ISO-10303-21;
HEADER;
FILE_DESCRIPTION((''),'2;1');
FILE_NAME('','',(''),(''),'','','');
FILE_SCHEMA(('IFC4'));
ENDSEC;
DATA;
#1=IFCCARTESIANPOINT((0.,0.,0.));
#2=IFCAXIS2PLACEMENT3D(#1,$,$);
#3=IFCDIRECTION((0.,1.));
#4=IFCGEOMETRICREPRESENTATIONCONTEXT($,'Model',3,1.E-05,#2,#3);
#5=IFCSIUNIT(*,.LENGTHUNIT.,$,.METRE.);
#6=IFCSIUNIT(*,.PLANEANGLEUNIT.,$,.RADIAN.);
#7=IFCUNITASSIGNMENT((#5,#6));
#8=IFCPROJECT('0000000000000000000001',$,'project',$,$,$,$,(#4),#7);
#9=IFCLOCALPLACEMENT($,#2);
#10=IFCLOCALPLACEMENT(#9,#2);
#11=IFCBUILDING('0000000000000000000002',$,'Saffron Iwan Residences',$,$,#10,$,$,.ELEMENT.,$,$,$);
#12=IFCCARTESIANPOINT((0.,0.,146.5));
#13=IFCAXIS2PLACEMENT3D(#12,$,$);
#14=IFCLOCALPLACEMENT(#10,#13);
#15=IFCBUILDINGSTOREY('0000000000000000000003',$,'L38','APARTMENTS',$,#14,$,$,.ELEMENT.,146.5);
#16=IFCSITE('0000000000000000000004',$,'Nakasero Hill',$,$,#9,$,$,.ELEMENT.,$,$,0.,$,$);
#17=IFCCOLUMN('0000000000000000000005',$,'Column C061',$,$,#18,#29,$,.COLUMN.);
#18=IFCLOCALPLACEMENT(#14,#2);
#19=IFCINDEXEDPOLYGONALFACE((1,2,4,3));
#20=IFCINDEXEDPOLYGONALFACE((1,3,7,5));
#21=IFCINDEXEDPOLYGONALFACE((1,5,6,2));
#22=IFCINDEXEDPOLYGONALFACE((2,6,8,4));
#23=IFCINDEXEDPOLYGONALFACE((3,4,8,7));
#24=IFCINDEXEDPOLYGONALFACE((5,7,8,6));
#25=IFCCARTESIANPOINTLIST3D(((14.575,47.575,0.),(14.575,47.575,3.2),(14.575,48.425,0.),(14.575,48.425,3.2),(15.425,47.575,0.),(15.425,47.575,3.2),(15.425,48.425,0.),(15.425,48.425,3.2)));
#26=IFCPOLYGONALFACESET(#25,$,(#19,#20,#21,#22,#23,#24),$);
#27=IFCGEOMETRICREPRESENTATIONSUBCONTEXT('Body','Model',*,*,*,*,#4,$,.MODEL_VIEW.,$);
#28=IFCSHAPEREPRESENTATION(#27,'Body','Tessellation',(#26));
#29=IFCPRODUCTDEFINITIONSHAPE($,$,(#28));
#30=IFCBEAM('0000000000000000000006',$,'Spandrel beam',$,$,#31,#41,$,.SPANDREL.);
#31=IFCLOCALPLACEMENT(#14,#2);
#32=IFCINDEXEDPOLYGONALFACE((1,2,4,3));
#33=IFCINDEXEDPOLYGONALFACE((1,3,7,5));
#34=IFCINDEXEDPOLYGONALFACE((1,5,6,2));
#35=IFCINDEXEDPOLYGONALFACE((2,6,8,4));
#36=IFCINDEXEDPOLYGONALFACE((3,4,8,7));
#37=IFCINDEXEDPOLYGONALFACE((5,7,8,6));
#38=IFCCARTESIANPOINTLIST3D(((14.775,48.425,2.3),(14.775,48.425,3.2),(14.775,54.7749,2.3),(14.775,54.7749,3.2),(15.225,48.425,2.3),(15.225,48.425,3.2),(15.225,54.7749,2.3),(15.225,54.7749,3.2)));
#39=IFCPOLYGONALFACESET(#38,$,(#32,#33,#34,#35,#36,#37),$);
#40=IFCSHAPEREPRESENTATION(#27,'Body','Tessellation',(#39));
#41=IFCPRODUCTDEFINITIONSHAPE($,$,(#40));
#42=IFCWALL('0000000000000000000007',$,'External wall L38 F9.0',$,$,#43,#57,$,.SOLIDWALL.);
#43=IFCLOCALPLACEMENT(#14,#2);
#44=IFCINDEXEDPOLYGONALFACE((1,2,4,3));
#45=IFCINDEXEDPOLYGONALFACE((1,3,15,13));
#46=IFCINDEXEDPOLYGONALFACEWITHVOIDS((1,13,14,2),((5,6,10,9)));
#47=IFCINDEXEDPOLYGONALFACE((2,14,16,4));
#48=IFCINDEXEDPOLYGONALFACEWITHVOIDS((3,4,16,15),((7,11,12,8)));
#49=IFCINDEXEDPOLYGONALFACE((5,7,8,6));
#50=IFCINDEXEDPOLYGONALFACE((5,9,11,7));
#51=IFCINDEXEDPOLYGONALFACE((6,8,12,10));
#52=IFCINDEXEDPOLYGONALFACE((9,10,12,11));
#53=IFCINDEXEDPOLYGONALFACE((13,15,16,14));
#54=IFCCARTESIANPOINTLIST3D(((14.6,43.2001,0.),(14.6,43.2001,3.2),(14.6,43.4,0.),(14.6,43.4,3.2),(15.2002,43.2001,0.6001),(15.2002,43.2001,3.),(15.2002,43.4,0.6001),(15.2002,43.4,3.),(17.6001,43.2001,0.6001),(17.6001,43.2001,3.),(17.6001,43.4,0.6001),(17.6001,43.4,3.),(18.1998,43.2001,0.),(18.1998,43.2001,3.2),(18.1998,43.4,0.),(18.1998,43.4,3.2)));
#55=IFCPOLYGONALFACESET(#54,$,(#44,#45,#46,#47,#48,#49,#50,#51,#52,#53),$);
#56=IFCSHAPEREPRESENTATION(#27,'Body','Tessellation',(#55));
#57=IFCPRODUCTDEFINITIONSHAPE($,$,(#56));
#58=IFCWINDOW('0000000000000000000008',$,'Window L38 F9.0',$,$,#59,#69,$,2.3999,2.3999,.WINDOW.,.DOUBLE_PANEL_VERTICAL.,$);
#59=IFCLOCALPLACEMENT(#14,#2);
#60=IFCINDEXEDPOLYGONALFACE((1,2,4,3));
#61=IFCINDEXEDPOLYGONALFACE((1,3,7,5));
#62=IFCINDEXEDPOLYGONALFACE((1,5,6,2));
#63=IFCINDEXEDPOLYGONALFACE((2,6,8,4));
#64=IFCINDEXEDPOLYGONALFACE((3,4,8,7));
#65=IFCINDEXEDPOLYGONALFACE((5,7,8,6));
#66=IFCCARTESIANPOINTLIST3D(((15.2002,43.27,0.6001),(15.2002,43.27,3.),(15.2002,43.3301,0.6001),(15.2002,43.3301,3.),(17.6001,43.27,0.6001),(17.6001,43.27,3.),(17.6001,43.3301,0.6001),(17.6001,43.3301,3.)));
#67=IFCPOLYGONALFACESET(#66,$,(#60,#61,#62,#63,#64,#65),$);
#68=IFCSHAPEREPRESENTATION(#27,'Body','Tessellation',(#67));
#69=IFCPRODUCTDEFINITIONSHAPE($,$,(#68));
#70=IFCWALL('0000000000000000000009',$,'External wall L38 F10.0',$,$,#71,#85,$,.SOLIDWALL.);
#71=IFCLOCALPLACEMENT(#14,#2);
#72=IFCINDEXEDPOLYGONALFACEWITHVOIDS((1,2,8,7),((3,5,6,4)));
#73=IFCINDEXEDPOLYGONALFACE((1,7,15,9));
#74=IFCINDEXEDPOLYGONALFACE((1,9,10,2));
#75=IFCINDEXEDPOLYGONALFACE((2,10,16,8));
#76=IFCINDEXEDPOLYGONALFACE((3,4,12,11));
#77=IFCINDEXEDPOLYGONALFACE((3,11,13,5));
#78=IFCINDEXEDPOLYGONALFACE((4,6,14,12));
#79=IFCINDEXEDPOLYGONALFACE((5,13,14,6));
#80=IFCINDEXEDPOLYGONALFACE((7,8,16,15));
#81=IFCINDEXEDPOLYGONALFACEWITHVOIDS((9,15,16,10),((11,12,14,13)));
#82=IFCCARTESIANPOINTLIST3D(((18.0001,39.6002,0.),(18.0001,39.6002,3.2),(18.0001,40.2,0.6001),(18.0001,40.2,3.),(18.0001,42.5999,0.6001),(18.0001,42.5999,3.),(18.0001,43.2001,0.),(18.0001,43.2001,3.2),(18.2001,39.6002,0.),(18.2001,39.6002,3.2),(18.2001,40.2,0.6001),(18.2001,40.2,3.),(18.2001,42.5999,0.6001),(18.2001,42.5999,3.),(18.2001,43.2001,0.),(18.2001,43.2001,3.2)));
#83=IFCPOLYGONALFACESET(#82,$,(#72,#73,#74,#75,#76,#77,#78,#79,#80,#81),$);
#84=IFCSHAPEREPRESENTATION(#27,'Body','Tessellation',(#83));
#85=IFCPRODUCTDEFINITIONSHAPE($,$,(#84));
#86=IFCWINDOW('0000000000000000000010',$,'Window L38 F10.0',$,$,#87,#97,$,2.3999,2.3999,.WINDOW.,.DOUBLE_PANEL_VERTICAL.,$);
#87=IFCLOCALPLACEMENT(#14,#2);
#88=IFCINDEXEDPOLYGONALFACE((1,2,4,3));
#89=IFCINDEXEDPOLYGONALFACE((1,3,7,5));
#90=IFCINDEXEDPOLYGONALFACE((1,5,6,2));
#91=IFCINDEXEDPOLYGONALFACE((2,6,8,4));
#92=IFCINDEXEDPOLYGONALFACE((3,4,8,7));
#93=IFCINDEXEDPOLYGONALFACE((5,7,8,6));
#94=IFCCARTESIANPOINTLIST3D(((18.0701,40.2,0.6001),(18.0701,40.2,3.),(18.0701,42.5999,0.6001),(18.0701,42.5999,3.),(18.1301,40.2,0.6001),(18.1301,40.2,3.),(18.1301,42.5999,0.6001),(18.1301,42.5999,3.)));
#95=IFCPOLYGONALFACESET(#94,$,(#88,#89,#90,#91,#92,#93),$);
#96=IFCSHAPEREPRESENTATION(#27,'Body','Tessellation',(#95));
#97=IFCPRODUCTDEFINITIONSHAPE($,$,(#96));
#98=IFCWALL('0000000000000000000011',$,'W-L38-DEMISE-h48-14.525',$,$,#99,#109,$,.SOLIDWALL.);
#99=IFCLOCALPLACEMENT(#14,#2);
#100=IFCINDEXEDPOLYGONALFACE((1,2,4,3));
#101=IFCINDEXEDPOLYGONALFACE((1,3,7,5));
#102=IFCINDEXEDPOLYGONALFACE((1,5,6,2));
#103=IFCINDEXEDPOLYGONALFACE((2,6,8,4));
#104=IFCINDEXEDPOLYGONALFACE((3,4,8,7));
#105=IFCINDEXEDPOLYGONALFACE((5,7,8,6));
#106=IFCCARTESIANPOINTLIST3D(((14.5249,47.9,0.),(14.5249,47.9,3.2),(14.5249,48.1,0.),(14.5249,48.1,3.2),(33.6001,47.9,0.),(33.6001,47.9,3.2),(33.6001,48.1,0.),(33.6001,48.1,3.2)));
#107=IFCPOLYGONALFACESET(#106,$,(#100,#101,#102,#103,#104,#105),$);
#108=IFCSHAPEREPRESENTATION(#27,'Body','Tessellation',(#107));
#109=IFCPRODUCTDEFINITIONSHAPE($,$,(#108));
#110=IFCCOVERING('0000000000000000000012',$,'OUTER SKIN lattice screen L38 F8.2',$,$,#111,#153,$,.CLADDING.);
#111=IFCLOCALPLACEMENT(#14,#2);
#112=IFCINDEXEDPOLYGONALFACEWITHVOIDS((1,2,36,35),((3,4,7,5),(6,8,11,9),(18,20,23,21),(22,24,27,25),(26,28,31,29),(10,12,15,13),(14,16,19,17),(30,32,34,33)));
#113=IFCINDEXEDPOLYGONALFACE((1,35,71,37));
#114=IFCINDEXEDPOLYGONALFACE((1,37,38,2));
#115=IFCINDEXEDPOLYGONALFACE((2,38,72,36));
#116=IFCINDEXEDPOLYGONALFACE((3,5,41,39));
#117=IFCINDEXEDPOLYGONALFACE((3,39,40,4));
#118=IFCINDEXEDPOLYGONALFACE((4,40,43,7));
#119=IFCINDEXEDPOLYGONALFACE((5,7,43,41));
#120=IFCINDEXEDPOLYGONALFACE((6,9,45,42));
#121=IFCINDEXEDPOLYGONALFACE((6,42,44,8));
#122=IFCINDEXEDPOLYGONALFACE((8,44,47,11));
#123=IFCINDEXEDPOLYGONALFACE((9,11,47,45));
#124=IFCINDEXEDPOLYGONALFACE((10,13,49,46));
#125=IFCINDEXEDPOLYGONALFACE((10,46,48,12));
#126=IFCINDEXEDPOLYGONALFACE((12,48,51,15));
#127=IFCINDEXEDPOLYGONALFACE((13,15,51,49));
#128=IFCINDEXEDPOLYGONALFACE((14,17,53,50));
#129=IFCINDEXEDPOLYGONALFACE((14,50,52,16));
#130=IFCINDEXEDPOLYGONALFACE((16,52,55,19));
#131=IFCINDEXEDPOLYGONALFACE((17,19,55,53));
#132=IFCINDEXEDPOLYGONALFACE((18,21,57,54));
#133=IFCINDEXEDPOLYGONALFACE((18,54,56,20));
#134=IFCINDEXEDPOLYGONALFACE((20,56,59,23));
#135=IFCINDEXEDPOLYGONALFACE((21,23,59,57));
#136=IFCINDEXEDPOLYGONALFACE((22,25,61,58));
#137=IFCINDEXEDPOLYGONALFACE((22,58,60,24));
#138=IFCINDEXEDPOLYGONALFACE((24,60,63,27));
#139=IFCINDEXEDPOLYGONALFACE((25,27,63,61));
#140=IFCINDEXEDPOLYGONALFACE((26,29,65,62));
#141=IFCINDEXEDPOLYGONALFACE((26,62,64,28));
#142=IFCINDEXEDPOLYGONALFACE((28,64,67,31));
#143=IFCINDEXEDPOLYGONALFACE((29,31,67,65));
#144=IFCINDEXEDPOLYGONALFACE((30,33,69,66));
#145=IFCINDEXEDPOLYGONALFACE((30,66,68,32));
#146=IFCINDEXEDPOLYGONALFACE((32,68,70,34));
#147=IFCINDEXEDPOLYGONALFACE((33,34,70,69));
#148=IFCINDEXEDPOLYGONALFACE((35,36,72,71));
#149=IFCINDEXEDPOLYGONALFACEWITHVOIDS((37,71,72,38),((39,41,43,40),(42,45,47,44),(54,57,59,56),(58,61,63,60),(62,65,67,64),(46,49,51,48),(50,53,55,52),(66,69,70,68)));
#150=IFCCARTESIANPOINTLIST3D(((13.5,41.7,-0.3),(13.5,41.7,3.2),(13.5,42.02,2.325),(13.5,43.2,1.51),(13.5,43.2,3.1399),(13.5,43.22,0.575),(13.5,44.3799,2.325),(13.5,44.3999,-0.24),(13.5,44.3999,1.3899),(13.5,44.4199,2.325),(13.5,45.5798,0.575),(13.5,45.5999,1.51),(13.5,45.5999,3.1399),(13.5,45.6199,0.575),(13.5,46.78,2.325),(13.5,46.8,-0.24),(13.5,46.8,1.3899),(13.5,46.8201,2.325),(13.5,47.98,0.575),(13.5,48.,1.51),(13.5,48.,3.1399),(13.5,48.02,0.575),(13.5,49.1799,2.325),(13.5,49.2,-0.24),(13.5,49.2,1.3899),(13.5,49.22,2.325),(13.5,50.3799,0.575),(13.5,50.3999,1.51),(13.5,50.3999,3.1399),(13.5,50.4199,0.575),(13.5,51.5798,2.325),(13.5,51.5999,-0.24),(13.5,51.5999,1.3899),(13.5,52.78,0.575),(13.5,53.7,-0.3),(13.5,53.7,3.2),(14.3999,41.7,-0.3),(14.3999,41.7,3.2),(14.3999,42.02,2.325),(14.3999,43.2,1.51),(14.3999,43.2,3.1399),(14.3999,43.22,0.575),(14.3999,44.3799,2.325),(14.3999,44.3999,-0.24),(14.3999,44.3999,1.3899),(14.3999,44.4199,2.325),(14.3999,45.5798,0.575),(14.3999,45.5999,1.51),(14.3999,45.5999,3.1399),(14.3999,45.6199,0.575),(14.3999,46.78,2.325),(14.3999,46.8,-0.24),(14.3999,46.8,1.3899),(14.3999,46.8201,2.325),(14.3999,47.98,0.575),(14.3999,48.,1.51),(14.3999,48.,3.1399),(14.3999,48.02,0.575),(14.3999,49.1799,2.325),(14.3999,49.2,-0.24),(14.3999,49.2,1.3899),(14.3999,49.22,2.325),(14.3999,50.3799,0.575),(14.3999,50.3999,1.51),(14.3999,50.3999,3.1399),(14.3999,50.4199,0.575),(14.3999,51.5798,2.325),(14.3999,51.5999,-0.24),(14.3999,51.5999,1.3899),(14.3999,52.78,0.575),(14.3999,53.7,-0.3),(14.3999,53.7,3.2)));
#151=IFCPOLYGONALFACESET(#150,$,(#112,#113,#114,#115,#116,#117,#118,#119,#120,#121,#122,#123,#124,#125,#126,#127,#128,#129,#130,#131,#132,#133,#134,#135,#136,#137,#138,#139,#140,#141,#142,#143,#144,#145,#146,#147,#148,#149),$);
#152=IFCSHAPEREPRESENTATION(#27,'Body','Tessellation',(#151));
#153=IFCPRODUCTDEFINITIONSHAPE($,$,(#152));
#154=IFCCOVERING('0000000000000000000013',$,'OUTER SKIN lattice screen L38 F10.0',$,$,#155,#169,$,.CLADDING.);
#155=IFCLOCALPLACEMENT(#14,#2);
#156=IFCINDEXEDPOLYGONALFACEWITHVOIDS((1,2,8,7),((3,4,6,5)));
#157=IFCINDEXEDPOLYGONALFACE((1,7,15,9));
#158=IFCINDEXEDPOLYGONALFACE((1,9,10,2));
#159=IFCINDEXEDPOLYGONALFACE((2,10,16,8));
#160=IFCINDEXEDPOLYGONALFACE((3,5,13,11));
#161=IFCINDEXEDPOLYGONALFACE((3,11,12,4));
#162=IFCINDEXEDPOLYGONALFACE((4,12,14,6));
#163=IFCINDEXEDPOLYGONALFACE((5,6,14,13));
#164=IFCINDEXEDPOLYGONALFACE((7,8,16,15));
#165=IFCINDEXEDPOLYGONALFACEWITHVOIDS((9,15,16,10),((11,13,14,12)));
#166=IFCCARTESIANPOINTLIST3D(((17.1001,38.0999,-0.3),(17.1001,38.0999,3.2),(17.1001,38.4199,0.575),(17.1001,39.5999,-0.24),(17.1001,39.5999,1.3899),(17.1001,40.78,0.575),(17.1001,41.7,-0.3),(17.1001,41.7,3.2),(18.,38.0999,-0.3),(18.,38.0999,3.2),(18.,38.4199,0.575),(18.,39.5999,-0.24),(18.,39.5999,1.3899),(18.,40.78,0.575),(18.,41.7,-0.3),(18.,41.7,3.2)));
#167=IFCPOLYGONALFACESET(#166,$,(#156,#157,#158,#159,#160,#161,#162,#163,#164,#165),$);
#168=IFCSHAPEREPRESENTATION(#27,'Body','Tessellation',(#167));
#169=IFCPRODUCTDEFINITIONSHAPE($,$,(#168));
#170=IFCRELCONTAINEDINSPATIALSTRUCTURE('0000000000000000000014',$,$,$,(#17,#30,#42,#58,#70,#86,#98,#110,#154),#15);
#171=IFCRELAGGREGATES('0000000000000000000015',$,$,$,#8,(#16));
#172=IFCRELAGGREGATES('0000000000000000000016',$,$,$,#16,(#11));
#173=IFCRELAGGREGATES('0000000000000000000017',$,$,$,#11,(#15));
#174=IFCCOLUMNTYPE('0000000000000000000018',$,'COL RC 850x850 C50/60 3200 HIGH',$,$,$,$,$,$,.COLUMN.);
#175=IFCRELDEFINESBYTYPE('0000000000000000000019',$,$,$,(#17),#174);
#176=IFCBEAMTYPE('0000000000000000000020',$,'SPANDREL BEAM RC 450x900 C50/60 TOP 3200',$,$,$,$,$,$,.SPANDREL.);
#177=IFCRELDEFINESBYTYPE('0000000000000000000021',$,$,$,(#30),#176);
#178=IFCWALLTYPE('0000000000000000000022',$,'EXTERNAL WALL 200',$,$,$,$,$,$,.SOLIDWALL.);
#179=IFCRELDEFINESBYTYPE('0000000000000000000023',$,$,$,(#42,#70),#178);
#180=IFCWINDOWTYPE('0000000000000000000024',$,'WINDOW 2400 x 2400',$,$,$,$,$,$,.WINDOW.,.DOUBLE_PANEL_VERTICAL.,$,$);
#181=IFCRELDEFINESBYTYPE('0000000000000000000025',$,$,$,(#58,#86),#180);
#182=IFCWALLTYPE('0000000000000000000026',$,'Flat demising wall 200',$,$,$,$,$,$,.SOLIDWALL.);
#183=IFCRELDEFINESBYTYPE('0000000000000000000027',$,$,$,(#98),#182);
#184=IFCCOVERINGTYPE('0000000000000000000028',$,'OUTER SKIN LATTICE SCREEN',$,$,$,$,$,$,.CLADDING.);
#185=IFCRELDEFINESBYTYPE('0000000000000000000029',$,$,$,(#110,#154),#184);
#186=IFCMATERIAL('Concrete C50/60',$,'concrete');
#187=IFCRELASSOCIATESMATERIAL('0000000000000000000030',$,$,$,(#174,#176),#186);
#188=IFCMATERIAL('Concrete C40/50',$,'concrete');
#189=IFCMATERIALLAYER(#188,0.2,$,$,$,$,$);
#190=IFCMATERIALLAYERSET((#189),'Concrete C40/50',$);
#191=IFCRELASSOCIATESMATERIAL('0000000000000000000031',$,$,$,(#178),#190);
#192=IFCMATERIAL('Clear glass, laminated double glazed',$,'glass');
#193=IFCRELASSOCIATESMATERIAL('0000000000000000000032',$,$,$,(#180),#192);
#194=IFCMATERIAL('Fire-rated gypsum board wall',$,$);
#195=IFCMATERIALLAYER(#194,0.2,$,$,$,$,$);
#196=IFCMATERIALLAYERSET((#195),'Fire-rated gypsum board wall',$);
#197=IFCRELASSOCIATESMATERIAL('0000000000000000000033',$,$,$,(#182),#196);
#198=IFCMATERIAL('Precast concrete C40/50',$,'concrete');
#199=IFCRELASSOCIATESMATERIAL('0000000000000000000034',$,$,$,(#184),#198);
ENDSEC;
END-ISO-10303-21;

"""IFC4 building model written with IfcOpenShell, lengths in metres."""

from ifc_helpers import new_model, si_unit, direction, frame, frame_2d, origin, origin_2d, place, context, subcontext, project, spatial, polyline, rectangle, outline, extrude, source, transform, mapped, material, layer, layer_set, material_profile, profile_set, type_object, element, fill, save


model = new_model("IFC4")

# Units and contexts
model_context = context("Model", 3, precision=1e-05, world=origin(), true_north=direction((0.0, 1.0)))
body_context = subcontext(model_context, "Body", "Model", "MODEL_VIEW")
ifc_project = project(units=[si_unit("LENGTHUNIT", "METRE"), si_unit("PLANEANGLEUNIT", "RADIAN")], contexts=[model_context])

# Site, building, storey
site_placement = place(None, origin())
site = spatial("IfcSite", under=ifc_project, at=site_placement, Name="Nakasero Hill", CompositionType="ELEMENT", RefElevation=0.0)
building_placement = place(site_placement, origin())
building = spatial("IfcBuilding", under=site, at=building_placement, Name="Saffron Iwan Residences", CompositionType="ELEMENT")
storey_placement = place(building_placement, frame((0.0, 0.0, 146.5)))
storey = spatial("IfcBuildingStorey", under=building, at=storey_placement, Name="L38", Description="APARTMENTS", CompositionType="ELEMENT", Elevation=146.5)

# Column
ifc_material_1 = material(Name="Concrete C50/60", Category="concrete")
ifc_material_profile_1 = material_profile(ifc_material_1, rectangle(XDim=0.8501, YDim=0.8501, at=origin_2d()), Name="RC 850x850")
ifc_profile_set_1 = profile_set([ifc_material_profile_1], Name="Concrete C50/60")
column_type = type_object("IfcColumnType", Name="COL RC 850x850 C50/60 3200 HIGH", PredefinedType="COLUMN", material=ifc_profile_set_1)
shared_shape_1 = source(origin(), body_context, "Body", "SweptSolid", [
    extrude(rectangle(XDim=0.8501, YDim=0.8501, at=origin_2d()), origin(), (0.0, 0.0, 1.0), 3.2),
])
column_placement = place(storey_placement, frame((15.0, 48.0, 0.0), z_axis=(0.0, 0.0, 1.0), x_axis=(1.0, 0.0, 0.0)))
element("IfcColumn", 1, at=column_placement, inside=storey, type_object=column_type, Name="Column C061", PredefinedType="COLUMN", context=body_context, shape_type="MappedRepresentation", body=[
    mapped(shared_shape_1, transform((0.0, 0.0, 0.0))),
])

# Beam
ifc_material_profile_2 = material_profile(ifc_material_1, rectangle(XDim=0.45, YDim=0.8999, at=origin_2d()), Name="RC 450x900")
ifc_profile_set_2 = profile_set([ifc_material_profile_2], Name="Concrete C50/60")
beam_type = type_object("IfcBeamType", Name="SPANDREL BEAM RC 450x900 C50/60 TOP 3200", PredefinedType="SPANDREL", material=ifc_profile_set_2)
shared_shape_2 = source(origin(), body_context, "Body", "SweptSolid", [
    extrude(rectangle(XDim=0.45, YDim=0.8999, at=origin_2d()), origin(), (0.0, 0.0, 1.0), 6.3499),
])
beam_placement = place(storey_placement, frame((15.0, 48.425, 2.75), z_axis=(0.0, 1.0, 0.0), x_axis=(-1.0, 0.0, 0.0)))
element("IfcBeam", 2, at=beam_placement, inside=storey, type_object=beam_type, Name="Spandrel beam", PredefinedType="SPANDREL", context=body_context, shape_type="MappedRepresentation", body=[
    mapped(shared_shape_2, transform((0.0, 0.0, 0.0))),
])

# Walls, openings, windows
ifc_material_2 = material(Name="Concrete C40/50", Category="concrete")
ifc_layer_1 = layer(ifc_material_2, 0.2)
ifc_layer_set_1 = layer_set([ifc_layer_1], Name="Concrete C40/50")
wall_type_1 = type_object("IfcWallType", Name="EXTERNAL WALL 200", PredefinedType="SOLIDWALL", material=ifc_layer_set_1)
wall_1_placement = place(storey_placement, frame((14.6001, 43.3, 0.0), z_axis=(0.0, 0.0, 1.0), x_axis=(1.0, 0.0, 0.0)))
wall_1 = element("IfcWall", 3, at=wall_1_placement, inside=storey, type_object=wall_type_1, Name="External wall L38 F9.0", PredefinedType="SOLIDWALL", context=body_context, shape_type="SweptSolid", body=[
    extrude(rectangle(XDim=3.5999, YDim=0.2, at=frame_2d((1.7998, 0.0))), origin(), (0.0, 0.0, 1.0), 3.2),
])
opening_1_placement = place(wall_1_placement, frame((0.6001, 0.0, 0.6001)))
opening_1 = element("IfcOpeningElement", 4, at=opening_1_placement, cuts=wall_1, PredefinedType="OPENING", context=body_context, shape_type="SweptSolid", body=[
    extrude(rectangle(XDim=2.3999, YDim=2.3999, at=frame_2d((1.2, 1.2))), frame((0.0, 0.1099, 0.0), z_axis=(0.0, -1.0, 0.0), x_axis=(1.0, 0.0, 0.0)), (0.0, 0.0, 1.0), 0.22),
])
ifc_material_3 = material(Name="Clear glass, laminated double glazed", Category="glass")
window_type = type_object("IfcWindowType", Name="WINDOW 2400 x 2400", PartitioningType="DOUBLE_PANEL_VERTICAL", PredefinedType="WINDOW", material=ifc_material_3)
window_1_placement = place(opening_1_placement, origin())
window_1 = element("IfcWindow", 5, at=window_1_placement, inside=storey, type_object=window_type, Name="Window L38 F9.0", OverallHeight=2.3999, OverallWidth=2.3999, PartitioningType="DOUBLE_PANEL_VERTICAL", PredefinedType="WINDOW", context=body_context, shape_type="SweptSolid", body=[
    extrude(rectangle(XDim=2.3999, YDim=2.3999, at=frame_2d((1.2, 1.2))), frame((0.0, 0.03, 0.0), z_axis=(0.0, -1.0, 0.0), x_axis=(1.0, 0.0, 0.0)), (0.0, 0.0, 1.0), 0.0601),
])
fill(opening_1, window_1)
wall_2_placement = place(storey_placement, frame((18.1001, 43.2, 0.0), z_axis=(0.0, 0.0, 1.0), x_axis=(0.0, -1.0, 0.0)))
wall_2 = element("IfcWall", 6, at=wall_2_placement, inside=storey, type_object=wall_type_1, Name="External wall L38 F10.0", PredefinedType="SOLIDWALL", context=body_context, shape_type="SweptSolid", body=[
    extrude(rectangle(XDim=3.5999, YDim=0.2, at=frame_2d((1.7998, 0.0))), origin(), (0.0, 0.0, 1.0), 3.2),
])
opening_2_placement = place(wall_2_placement, frame((0.6001, 0.0, 0.6001)))
opening_2 = element("IfcOpeningElement", 7, at=opening_2_placement, cuts=wall_2, PredefinedType="OPENING", context=body_context, shape_type="SweptSolid", body=[
    extrude(rectangle(XDim=2.3999, YDim=2.3999, at=frame_2d((1.2, 1.2))), frame((0.0, 0.1099, 0.0), z_axis=(0.0, -1.0, 0.0), x_axis=(1.0, 0.0, 0.0)), (0.0, 0.0, 1.0), 0.22),
])
window_2_placement = place(opening_2_placement, origin())
window_2 = element("IfcWindow", 8, at=window_2_placement, inside=storey, type_object=window_type, Name="Window L38 F10.0", OverallHeight=2.3999, OverallWidth=2.3999, PartitioningType="DOUBLE_PANEL_VERTICAL", PredefinedType="WINDOW", context=body_context, shape_type="SweptSolid", body=[
    extrude(rectangle(XDim=2.3999, YDim=2.3999, at=frame_2d((1.2, 1.2))), frame((0.0, 0.03, 0.0), z_axis=(0.0, -1.0, 0.0), x_axis=(1.0, 0.0, 0.0)), (0.0, 0.0, 1.0), 0.0601),
])
fill(opening_2, window_2)

# Wall
ifc_material_4 = material(Name="Fire-rated gypsum board wall")
ifc_layer_2 = layer(ifc_material_4, 0.2)
ifc_layer_set_2 = layer_set([ifc_layer_2], Name="Fire-rated gypsum board wall")
wall_type_2 = type_object("IfcWallType", Name="Flat demising wall 200", PredefinedType="SOLIDWALL", material=ifc_layer_set_2)
wall_3_placement = place(storey_placement, frame((14.5249, 48.0, 0.0), z_axis=(0.0, 0.0, 1.0), x_axis=(1.0, 0.0, 0.0)))
element("IfcWall", 9, at=wall_3_placement, inside=storey, type_object=wall_type_2, Name="W-L38-DEMISE-h48-14.525", PredefinedType="SOLIDWALL", context=body_context, shape_type="SweptSolid", body=[
    extrude(rectangle(XDim=19.0752, YDim=0.2, at=frame_2d((9.5376, 0.0))), origin(), (0.0, 0.0, 1.0), 3.2),
])

# Coverings
ifc_material_5 = material(Name="Precast concrete C40/50", Category="concrete")
covering_type_1 = type_object("IfcCoveringType", Name="OUTER SKIN LATTICE SCREEN", PredefinedType="CLADDING", material=ifc_material_5)
covering_1_placement = place(storey_placement, frame((14.3999, 53.7, -0.3), z_axis=(-1.0, 0.0, 0.0), x_axis=(0.0, -1.0, 0.0)))
element("IfcCovering", 10, at=covering_1_placement, inside=storey, type_object=covering_type_1, Name="OUTER SKIN lattice screen L38 F8.2", PredefinedType="CLADDING", context=body_context, shape_type="SweptSolid", body=[
    extrude(outline(polyline([(0.0, 0.0), (12.0, 0.0), (12.0, 3.5), (0.0, 3.5), (0.0, 0.0)]), holes=[polyline([(0.9199, 0.875), (2.1001, 0.0601), (3.28, 0.875), (2.1001, 1.6899), (0.9199, 0.875)]), polyline([(3.3201, 0.875), (4.5, 0.0601), (5.6799, 0.875), (4.5, 1.6899), (3.3201, 0.875)]), polyline([(5.72, 0.875), (6.8999, 0.0601), (8.0801, 0.875), (6.8999, 1.6899), (5.72, 0.875)]), polyline([(8.1201, 0.875), (9.3, 0.0601), (10.48, 0.875), (9.3, 1.6899), (8.1201, 0.875)]), polyline([(2.1201, 2.625), (3.3, 1.8101), (4.48, 2.625), (3.3, 3.4399), (2.1201, 2.625)]), polyline([(4.52, 2.625), (5.7, 1.8101), (6.8799, 2.625), (5.7, 3.4399), (4.52, 2.625)]), polyline([(6.9199, 2.625), (8.1001, 1.8101), (9.28, 2.625), (8.1001, 3.4399), (6.9199, 2.625)]), polyline([(9.3201, 2.625), (10.5, 1.8101), (11.6799, 2.625), (10.5, 3.4399), (9.3201, 2.625)])]), origin(), (0.0, 0.0, 1.0), 0.8999),
])
covering_2_placement = place(storey_placement, frame((18.0, 41.7, -0.3), z_axis=(-1.0, 0.0, 0.0), x_axis=(0.0, -1.0, 0.0)))
element("IfcCovering", 11, at=covering_2_placement, inside=storey, type_object=covering_type_1, Name="OUTER SKIN lattice screen L38 F10.0", PredefinedType="CLADDING", context=body_context, shape_type="SweptSolid", body=[
    extrude(outline(polyline([(0.0, 0.0), (3.6001, 0.0), (3.6001, 3.5), (0.0, 3.5), (0.0, 0.0)]), holes=[polyline([(0.9199, 0.875), (2.1001, 0.0601), (3.28, 0.875), (2.1001, 1.6899), (0.9199, 0.875)])]), origin(), (0.0, 0.0, 1.0), 0.8999),
])

save(model, "model.ifc")
